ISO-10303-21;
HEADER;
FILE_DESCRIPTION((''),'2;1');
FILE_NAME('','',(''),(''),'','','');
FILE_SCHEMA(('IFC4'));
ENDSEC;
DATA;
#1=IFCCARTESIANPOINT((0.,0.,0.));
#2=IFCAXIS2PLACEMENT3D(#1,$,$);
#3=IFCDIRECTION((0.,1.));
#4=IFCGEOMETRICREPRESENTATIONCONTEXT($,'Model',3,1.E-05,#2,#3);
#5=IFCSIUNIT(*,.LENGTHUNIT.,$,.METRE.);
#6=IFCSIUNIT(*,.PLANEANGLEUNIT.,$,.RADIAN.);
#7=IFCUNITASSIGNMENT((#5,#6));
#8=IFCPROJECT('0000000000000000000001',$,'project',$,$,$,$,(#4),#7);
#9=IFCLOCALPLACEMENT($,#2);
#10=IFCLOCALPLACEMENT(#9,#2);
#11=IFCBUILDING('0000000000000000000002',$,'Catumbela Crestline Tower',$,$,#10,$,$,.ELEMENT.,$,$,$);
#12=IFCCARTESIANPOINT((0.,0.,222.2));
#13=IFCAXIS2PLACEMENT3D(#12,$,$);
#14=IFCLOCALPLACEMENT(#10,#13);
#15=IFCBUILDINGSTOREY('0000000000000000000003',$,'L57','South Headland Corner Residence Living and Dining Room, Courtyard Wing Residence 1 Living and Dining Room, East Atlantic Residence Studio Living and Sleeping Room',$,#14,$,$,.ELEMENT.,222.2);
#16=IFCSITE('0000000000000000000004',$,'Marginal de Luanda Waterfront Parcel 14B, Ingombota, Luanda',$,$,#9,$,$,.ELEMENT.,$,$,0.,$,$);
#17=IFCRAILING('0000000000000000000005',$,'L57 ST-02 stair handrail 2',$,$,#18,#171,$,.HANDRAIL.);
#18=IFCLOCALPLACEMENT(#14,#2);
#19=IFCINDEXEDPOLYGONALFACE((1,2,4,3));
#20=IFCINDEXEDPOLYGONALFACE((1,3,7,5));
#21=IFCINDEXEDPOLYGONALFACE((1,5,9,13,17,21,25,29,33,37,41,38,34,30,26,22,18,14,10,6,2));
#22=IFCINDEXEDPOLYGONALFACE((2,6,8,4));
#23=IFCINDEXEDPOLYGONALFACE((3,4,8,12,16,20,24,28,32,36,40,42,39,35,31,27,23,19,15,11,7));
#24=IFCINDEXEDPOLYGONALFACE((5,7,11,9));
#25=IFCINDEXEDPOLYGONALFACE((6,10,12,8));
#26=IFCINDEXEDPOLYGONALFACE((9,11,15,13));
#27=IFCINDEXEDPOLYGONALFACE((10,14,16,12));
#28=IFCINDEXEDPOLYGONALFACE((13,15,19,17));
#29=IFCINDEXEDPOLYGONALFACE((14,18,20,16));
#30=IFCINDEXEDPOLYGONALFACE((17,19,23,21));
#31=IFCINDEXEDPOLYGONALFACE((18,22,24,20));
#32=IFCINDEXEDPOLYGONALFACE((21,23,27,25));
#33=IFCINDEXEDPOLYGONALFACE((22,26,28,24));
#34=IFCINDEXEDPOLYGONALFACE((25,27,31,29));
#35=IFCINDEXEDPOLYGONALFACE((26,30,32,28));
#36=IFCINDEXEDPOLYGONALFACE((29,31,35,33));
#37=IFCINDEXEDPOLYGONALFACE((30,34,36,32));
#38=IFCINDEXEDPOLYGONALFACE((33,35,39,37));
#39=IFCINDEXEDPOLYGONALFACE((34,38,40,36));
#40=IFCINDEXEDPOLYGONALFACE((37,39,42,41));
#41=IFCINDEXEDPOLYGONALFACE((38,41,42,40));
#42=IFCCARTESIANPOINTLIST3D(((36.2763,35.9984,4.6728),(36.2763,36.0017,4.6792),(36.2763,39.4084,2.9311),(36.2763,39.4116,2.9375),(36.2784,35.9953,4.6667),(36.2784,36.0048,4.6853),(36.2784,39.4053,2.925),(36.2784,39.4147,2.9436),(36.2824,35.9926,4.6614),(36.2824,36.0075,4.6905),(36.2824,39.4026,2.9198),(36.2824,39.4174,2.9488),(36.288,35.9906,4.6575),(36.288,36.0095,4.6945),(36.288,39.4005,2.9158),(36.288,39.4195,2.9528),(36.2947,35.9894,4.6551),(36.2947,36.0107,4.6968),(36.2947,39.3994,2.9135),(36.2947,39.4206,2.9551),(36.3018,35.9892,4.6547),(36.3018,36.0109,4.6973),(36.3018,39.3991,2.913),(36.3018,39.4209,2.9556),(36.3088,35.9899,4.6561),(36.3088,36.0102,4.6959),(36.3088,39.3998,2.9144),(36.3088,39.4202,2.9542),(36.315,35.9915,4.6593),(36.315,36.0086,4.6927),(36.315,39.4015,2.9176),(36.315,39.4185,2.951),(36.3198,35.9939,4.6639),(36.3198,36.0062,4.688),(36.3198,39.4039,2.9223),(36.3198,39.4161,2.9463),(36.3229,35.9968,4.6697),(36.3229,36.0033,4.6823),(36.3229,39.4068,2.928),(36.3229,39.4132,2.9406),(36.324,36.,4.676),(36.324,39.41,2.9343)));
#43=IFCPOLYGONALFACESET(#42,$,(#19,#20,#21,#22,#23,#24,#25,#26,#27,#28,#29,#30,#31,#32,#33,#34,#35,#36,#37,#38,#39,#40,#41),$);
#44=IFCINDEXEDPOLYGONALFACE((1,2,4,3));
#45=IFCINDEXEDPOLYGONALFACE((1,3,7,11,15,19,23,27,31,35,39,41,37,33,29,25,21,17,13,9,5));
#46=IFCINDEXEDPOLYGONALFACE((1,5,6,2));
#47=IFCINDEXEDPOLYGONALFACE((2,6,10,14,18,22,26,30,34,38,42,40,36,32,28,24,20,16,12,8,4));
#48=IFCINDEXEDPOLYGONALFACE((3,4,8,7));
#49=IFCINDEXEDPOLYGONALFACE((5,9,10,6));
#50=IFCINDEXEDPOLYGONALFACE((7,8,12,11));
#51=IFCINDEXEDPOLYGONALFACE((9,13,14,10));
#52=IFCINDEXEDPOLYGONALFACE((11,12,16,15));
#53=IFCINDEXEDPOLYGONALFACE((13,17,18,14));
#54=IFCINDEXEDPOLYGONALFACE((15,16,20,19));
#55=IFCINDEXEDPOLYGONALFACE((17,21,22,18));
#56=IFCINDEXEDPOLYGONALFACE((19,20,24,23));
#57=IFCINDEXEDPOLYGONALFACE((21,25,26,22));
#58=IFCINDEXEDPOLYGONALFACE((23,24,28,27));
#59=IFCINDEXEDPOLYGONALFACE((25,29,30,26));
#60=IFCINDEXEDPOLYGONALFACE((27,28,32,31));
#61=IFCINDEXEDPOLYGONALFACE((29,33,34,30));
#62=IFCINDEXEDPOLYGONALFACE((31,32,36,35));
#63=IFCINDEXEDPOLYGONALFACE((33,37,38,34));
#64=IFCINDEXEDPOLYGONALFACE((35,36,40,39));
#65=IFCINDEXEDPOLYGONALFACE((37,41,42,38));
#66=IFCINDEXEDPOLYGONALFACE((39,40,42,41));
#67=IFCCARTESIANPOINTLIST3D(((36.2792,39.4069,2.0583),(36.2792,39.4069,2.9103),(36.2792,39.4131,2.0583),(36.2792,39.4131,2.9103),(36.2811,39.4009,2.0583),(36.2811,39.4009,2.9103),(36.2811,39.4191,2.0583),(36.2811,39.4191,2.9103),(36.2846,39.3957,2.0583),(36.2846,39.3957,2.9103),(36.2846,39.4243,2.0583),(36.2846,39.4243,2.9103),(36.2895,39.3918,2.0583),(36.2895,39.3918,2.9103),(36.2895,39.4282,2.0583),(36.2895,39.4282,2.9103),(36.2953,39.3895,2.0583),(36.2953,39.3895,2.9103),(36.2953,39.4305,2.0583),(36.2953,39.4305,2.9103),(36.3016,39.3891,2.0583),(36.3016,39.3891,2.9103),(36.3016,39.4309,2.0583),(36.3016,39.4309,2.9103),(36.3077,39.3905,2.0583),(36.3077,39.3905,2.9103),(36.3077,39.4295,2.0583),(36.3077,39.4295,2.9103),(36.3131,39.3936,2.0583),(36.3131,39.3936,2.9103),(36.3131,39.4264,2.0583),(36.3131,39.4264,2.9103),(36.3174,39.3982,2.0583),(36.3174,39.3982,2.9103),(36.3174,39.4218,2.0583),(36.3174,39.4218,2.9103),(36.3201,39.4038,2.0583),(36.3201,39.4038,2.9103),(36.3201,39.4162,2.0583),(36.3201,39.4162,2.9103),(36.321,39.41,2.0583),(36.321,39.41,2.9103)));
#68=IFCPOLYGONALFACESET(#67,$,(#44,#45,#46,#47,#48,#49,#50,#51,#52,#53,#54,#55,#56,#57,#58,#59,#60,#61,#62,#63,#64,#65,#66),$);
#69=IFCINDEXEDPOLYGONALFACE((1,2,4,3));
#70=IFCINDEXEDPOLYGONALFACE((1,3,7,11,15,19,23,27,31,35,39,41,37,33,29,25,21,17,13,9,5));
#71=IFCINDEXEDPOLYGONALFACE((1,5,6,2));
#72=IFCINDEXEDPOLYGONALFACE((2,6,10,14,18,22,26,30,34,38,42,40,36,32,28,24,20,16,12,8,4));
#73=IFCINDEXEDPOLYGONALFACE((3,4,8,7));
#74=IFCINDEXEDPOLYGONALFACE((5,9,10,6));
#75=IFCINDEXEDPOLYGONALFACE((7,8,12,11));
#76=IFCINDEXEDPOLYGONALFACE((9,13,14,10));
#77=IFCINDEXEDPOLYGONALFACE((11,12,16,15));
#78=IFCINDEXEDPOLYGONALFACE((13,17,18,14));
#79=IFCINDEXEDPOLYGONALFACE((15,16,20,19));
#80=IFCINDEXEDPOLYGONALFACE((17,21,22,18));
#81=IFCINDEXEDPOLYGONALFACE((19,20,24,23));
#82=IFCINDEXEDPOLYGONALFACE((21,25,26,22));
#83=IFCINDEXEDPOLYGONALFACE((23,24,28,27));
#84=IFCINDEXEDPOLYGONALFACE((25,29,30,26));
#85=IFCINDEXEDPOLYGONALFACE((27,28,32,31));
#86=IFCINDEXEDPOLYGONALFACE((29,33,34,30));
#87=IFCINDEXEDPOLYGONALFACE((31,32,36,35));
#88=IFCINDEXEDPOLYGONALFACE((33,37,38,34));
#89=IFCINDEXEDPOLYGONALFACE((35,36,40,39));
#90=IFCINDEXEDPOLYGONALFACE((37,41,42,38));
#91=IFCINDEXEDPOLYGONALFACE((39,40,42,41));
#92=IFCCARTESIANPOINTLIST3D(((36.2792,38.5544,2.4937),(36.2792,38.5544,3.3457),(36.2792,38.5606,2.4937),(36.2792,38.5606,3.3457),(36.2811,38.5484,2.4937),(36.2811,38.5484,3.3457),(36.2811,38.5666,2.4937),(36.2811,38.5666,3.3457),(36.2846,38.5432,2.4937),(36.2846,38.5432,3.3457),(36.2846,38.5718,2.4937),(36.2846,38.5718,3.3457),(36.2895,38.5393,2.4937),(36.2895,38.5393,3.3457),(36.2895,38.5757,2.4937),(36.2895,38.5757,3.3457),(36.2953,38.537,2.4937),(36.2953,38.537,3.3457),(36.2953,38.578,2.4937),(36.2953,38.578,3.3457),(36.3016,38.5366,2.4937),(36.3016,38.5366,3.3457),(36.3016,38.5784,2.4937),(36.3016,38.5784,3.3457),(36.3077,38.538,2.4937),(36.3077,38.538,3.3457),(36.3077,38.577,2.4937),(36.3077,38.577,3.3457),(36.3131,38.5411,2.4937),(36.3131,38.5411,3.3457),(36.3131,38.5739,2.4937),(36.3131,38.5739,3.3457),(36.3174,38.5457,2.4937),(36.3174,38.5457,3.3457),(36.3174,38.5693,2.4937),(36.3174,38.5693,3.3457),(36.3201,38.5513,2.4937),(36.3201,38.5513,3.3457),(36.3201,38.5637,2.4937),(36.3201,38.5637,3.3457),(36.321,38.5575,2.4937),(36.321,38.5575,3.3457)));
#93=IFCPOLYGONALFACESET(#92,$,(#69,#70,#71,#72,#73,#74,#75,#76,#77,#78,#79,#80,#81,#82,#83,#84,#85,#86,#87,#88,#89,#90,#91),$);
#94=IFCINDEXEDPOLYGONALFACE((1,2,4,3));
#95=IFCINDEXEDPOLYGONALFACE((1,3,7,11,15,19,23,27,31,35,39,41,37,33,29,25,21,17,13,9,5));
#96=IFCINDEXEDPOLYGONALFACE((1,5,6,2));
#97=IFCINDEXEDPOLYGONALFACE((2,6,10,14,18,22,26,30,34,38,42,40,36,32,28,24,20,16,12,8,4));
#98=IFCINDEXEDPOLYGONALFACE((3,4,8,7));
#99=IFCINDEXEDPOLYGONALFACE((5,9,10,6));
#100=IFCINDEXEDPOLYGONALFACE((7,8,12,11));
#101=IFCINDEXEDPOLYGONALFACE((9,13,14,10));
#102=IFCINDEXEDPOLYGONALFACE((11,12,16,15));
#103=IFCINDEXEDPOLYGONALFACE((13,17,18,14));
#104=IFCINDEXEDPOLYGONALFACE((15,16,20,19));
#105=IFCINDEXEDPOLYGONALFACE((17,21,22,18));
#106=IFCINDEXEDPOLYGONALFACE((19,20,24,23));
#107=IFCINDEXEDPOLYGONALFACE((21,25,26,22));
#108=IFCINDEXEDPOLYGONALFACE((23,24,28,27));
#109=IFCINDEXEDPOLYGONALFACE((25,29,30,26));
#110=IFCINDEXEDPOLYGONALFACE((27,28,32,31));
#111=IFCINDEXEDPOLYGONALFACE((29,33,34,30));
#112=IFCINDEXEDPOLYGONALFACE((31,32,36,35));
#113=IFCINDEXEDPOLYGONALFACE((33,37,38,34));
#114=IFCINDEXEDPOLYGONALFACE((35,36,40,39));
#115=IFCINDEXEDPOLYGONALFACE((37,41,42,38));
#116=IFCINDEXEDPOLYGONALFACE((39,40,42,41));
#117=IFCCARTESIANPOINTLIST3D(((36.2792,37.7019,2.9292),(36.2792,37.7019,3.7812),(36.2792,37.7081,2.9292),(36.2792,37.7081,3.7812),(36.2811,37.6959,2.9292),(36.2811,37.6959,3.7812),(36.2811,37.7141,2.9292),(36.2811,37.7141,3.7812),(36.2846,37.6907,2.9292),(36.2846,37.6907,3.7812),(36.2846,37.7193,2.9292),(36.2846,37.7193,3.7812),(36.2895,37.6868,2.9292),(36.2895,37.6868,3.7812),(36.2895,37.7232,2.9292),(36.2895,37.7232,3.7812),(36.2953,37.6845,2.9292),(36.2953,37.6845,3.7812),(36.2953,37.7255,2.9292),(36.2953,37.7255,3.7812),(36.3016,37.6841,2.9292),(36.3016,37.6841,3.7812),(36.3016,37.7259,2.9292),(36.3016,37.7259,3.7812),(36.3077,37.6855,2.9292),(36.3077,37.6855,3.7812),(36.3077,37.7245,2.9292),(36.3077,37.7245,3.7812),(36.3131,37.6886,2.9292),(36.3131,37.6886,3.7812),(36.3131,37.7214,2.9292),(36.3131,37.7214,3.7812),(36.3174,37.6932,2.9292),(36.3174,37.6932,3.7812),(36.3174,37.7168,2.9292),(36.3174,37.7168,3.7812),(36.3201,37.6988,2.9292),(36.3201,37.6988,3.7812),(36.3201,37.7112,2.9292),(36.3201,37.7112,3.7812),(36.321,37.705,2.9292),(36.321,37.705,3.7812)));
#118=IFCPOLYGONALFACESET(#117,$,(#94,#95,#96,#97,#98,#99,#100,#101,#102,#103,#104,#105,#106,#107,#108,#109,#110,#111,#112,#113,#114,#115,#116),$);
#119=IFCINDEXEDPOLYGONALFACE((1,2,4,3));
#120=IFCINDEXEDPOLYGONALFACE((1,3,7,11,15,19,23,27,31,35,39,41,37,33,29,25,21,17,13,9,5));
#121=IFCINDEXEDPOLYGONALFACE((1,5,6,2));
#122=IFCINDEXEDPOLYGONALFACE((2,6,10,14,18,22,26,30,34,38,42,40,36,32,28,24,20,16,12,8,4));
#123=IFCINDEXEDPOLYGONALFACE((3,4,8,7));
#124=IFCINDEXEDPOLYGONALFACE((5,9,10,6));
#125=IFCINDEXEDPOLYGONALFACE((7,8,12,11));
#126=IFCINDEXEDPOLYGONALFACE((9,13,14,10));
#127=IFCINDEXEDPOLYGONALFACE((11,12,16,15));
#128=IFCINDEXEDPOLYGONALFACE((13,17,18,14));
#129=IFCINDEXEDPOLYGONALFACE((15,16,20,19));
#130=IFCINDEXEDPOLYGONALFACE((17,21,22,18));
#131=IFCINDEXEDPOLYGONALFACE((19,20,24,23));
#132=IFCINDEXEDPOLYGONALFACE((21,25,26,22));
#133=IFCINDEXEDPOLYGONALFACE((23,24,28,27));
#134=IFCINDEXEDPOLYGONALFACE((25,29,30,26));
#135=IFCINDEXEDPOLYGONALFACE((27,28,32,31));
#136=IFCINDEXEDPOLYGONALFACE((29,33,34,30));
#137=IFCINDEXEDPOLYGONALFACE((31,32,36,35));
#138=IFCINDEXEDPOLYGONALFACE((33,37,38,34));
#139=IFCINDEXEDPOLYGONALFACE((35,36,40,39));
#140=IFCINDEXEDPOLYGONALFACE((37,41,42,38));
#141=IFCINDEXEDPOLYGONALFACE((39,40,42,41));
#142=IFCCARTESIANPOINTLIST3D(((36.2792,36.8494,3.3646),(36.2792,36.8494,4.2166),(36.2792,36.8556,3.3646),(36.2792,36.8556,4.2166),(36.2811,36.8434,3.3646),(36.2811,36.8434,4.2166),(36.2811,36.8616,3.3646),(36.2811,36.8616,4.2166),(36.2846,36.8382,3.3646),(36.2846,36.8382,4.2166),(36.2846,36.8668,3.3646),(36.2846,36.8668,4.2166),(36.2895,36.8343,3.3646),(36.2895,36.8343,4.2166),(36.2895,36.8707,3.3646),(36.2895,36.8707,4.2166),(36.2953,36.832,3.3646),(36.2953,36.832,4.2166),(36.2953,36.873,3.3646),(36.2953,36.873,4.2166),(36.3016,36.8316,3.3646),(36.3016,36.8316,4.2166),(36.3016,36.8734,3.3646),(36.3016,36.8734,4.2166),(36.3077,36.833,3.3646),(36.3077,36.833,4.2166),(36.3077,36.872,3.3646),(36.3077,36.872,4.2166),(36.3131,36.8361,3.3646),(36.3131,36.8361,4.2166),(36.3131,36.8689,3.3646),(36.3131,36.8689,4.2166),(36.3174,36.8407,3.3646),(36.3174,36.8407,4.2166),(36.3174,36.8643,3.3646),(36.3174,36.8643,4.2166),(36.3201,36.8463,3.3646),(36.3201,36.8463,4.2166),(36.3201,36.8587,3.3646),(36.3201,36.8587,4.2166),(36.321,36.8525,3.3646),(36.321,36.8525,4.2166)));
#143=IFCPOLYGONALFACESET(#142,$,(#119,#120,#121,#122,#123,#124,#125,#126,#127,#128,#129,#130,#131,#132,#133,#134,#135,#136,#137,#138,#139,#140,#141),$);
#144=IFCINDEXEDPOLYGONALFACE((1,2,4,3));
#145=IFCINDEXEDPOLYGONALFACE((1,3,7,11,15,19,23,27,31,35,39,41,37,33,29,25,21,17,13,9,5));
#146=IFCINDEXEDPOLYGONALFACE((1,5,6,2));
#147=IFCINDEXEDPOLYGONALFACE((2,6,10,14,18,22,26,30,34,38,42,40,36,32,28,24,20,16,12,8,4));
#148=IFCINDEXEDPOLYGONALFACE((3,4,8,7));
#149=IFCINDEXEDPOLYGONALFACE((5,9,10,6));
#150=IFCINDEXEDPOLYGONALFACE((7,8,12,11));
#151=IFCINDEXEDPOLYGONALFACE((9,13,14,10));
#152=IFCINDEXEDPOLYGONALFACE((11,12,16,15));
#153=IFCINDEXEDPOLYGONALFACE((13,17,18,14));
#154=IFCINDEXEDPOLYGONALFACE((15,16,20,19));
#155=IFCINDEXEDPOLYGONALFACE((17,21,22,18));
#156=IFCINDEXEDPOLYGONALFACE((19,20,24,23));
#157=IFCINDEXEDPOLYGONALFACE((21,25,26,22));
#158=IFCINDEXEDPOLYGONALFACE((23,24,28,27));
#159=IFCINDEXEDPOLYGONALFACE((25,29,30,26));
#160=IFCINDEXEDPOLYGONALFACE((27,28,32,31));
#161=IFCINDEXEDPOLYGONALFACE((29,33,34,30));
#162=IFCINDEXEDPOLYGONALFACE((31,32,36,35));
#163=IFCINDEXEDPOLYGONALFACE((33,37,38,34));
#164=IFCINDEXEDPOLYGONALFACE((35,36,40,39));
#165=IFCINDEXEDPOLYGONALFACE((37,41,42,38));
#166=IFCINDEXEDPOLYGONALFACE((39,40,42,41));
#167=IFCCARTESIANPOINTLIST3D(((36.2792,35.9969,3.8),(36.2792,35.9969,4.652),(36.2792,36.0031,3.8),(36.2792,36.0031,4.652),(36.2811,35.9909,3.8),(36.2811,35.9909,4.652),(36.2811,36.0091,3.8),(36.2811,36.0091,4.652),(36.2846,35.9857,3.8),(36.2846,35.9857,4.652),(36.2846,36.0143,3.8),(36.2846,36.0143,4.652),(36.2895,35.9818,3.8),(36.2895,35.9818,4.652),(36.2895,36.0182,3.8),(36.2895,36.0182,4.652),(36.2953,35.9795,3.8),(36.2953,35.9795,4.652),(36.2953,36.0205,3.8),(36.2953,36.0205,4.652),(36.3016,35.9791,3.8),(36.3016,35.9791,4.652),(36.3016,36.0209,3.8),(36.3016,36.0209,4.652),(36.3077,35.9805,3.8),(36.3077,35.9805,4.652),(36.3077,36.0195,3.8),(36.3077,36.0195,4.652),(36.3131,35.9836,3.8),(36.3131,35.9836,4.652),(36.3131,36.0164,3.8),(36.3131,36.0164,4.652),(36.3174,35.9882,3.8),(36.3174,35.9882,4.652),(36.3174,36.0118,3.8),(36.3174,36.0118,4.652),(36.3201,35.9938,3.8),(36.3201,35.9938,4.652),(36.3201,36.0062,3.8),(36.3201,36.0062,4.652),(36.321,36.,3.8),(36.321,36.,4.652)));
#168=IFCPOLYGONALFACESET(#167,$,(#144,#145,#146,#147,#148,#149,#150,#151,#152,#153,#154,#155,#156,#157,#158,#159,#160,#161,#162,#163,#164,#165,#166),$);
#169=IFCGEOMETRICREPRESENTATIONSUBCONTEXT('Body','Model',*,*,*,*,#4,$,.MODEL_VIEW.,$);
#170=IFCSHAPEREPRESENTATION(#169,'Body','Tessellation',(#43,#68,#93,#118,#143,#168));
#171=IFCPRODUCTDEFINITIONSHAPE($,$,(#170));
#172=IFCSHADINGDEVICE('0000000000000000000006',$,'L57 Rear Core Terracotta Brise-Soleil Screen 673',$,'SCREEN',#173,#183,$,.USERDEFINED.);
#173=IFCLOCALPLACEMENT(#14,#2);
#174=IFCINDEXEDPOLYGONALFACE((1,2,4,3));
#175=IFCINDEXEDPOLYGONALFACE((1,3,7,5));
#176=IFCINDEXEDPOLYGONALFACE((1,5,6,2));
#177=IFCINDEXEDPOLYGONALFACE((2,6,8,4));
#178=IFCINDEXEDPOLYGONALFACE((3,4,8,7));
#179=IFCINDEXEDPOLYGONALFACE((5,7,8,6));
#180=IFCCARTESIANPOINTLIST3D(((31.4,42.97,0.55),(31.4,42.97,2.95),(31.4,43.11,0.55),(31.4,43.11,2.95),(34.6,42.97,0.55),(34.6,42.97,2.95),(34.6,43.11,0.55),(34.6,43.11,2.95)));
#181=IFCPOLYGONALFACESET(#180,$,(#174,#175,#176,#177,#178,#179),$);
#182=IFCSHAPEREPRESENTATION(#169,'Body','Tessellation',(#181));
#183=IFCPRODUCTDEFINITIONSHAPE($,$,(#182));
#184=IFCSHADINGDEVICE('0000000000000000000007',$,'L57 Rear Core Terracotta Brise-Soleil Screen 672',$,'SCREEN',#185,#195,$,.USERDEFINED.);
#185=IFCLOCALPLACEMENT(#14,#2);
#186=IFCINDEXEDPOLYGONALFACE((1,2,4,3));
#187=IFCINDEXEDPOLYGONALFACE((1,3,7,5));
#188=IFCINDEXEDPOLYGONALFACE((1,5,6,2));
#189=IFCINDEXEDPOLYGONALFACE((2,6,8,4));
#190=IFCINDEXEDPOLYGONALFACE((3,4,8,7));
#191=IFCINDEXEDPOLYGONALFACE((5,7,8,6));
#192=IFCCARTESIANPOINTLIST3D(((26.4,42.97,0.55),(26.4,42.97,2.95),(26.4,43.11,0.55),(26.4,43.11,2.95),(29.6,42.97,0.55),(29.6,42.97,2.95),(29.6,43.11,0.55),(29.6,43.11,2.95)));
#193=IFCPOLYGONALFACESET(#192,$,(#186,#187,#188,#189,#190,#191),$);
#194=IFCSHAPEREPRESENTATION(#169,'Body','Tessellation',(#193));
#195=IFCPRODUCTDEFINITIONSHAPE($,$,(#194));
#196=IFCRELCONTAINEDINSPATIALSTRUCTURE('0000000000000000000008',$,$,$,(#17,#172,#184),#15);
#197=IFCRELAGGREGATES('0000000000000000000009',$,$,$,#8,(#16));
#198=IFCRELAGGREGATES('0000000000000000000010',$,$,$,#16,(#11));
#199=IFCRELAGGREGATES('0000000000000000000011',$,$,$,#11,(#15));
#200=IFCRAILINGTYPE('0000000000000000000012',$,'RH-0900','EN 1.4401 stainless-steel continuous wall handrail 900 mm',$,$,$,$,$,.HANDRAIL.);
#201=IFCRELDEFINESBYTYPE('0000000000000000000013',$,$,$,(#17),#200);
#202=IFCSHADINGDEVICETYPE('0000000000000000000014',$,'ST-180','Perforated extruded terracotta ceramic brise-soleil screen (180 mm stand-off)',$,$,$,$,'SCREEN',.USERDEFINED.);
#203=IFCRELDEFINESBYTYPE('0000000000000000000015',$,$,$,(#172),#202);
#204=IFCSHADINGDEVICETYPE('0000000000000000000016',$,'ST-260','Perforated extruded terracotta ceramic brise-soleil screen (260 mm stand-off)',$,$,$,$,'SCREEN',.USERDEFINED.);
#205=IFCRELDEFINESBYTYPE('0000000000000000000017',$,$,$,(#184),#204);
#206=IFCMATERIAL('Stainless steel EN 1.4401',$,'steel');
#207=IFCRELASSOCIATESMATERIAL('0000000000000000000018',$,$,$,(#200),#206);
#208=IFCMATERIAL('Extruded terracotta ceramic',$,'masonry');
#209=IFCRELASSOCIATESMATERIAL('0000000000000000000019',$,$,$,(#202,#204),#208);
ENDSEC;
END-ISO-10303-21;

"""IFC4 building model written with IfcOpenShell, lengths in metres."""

from ifc_helpers import new_model, si_unit, direction, frame, origin, origin_2d, place, context, subcontext, project, spatial, rectangle, circle, extrude, material, type_object, element, save


model = new_model("IFC4")

# Units and contexts
model_context = context("Model", 3, precision=1e-05, world=origin(), true_north=direction((0.0, 1.0)))
body_context = subcontext(model_context, "Body", "Model", "MODEL_VIEW")
ifc_project = project(units=[si_unit("LENGTHUNIT", "METRE"), si_unit("PLANEANGLEUNIT", "RADIAN")], contexts=[model_context])

# Site, building, storey
site_placement = place(None, origin())
site = spatial("IfcSite", under=ifc_project, at=site_placement, Name="Marginal de Luanda Waterfront Parcel 14B, Ingombota, Luanda", CompositionType="ELEMENT", RefElevation=0.0)
building_placement = place(site_placement, origin())
building = spatial("IfcBuilding", under=site, at=building_placement, Name="Catumbela Crestline Tower", CompositionType="ELEMENT")
storey_placement = place(building_placement, frame((0.0, 0.0, 222.2)))
storey = spatial("IfcBuildingStorey", under=building, at=storey_placement, Name="L57", Description="South Headland Corner Residence Living and Dining Room, Courtyard Wing Residence 1 Living and Dining Room, East Atlantic Residence Studio Living and Sleeping Room", CompositionType="ELEMENT", Elevation=222.2)

# Shared definitions
ifc_material_1 = material(Name="Stainless steel EN 1.4401", Category="steel")

# Railing
railing_type = type_object("IfcRailingType", Name="RH-0900", Description="EN 1.4401 stainless-steel continuous wall handrail 900 mm", PredefinedType="HANDRAIL", material=ifc_material_1)
railing_placement = place(storey_placement, frame((36.3, 39.41, 2.0583)))
element("IfcRailing", 1, at=railing_placement, inside=storey, type_object=railing_type, Name="L57 ST-02 stair handrail 2", PredefinedType="HANDRAIL", context=body_context, shape_type="SweptSolid", body=[
    extrude(circle(Radius=0.024, at=origin_2d()), frame((0.0, 0.0, 0.876), z_axis=(0.0, -0.89056, 0.454865), x_axis=(1.0, 0.0, 0.0)), (0.0, 0.0, 1.0), 3.829),
    extrude(circle(Radius=0.021, at=origin_2d()), origin(), (0.0, 0.0, 1.0), 0.852),
    extrude(circle(Radius=0.021, at=origin_2d()), frame((0.0, -0.8525, 0.4354)), (0.0, 0.0, 1.0), 0.852),
    extrude(circle(Radius=0.021, at=origin_2d()), frame((0.0, -1.705, 0.8709)), (0.0, 0.0, 1.0), 0.852),
    extrude(circle(Radius=0.021, at=origin_2d()), frame((0.0, -2.5575, 1.3063)), (0.0, 0.0, 1.0), 0.852),
    extrude(circle(Radius=0.021, at=origin_2d()), frame((0.0, -3.41, 1.7417)), (0.0, 0.0, 1.0), 0.852),
])

# Shading devices
ifc_material_2 = material(Name="Extruded terracotta ceramic", Category="masonry")
shading_device_type_1 = type_object("IfcShadingDeviceType", Name="ST-180", Description="Perforated extruded terracotta ceramic brise-soleil screen (180 mm stand-off)", ElementType="SCREEN", PredefinedType="USERDEFINED", material=ifc_material_2)
shading_device_1_placement = place(storey_placement, frame((33.0, 43.04, 0.55), z_axis=(0.0, 0.0, 1.0), x_axis=(1.0, 0.0, 0.0)))
element("IfcShadingDevice", 2, at=shading_device_1_placement, inside=storey, type_object=shading_device_type_1, Name="L57 Rear Core Terracotta Brise-Soleil Screen 673", ObjectType="SCREEN", PredefinedType="USERDEFINED", context=body_context, shape_type="SweptSolid", body=[
    extrude(rectangle(XDim=3.2, YDim=0.14, at=origin_2d()), origin(), (0.0, 0.0, 1.0), 2.4),
])
shading_device_type_2 = type_object("IfcShadingDeviceType", Name="ST-260", Description="Perforated extruded terracotta ceramic brise-soleil screen (260 mm stand-off)", ElementType="SCREEN", PredefinedType="USERDEFINED", material=ifc_material_2)
shading_device_2_placement = place(storey_placement, frame((28.0, 43.04, 0.55), z_axis=(0.0, 0.0, 1.0), x_axis=(1.0, 0.0, 0.0)))
element("IfcShadingDevice", 3, at=shading_device_2_placement, inside=storey, type_object=shading_device_type_2, Name="L57 Rear Core Terracotta Brise-Soleil Screen 672", ObjectType="SCREEN", PredefinedType="USERDEFINED", context=body_context, shape_type="SweptSolid", body=[
    extrude(rectangle(XDim=3.2, YDim=0.14, at=origin_2d()), origin(), (0.0, 0.0, 1.0), 2.4),
])

save(model, "model.ifc")
